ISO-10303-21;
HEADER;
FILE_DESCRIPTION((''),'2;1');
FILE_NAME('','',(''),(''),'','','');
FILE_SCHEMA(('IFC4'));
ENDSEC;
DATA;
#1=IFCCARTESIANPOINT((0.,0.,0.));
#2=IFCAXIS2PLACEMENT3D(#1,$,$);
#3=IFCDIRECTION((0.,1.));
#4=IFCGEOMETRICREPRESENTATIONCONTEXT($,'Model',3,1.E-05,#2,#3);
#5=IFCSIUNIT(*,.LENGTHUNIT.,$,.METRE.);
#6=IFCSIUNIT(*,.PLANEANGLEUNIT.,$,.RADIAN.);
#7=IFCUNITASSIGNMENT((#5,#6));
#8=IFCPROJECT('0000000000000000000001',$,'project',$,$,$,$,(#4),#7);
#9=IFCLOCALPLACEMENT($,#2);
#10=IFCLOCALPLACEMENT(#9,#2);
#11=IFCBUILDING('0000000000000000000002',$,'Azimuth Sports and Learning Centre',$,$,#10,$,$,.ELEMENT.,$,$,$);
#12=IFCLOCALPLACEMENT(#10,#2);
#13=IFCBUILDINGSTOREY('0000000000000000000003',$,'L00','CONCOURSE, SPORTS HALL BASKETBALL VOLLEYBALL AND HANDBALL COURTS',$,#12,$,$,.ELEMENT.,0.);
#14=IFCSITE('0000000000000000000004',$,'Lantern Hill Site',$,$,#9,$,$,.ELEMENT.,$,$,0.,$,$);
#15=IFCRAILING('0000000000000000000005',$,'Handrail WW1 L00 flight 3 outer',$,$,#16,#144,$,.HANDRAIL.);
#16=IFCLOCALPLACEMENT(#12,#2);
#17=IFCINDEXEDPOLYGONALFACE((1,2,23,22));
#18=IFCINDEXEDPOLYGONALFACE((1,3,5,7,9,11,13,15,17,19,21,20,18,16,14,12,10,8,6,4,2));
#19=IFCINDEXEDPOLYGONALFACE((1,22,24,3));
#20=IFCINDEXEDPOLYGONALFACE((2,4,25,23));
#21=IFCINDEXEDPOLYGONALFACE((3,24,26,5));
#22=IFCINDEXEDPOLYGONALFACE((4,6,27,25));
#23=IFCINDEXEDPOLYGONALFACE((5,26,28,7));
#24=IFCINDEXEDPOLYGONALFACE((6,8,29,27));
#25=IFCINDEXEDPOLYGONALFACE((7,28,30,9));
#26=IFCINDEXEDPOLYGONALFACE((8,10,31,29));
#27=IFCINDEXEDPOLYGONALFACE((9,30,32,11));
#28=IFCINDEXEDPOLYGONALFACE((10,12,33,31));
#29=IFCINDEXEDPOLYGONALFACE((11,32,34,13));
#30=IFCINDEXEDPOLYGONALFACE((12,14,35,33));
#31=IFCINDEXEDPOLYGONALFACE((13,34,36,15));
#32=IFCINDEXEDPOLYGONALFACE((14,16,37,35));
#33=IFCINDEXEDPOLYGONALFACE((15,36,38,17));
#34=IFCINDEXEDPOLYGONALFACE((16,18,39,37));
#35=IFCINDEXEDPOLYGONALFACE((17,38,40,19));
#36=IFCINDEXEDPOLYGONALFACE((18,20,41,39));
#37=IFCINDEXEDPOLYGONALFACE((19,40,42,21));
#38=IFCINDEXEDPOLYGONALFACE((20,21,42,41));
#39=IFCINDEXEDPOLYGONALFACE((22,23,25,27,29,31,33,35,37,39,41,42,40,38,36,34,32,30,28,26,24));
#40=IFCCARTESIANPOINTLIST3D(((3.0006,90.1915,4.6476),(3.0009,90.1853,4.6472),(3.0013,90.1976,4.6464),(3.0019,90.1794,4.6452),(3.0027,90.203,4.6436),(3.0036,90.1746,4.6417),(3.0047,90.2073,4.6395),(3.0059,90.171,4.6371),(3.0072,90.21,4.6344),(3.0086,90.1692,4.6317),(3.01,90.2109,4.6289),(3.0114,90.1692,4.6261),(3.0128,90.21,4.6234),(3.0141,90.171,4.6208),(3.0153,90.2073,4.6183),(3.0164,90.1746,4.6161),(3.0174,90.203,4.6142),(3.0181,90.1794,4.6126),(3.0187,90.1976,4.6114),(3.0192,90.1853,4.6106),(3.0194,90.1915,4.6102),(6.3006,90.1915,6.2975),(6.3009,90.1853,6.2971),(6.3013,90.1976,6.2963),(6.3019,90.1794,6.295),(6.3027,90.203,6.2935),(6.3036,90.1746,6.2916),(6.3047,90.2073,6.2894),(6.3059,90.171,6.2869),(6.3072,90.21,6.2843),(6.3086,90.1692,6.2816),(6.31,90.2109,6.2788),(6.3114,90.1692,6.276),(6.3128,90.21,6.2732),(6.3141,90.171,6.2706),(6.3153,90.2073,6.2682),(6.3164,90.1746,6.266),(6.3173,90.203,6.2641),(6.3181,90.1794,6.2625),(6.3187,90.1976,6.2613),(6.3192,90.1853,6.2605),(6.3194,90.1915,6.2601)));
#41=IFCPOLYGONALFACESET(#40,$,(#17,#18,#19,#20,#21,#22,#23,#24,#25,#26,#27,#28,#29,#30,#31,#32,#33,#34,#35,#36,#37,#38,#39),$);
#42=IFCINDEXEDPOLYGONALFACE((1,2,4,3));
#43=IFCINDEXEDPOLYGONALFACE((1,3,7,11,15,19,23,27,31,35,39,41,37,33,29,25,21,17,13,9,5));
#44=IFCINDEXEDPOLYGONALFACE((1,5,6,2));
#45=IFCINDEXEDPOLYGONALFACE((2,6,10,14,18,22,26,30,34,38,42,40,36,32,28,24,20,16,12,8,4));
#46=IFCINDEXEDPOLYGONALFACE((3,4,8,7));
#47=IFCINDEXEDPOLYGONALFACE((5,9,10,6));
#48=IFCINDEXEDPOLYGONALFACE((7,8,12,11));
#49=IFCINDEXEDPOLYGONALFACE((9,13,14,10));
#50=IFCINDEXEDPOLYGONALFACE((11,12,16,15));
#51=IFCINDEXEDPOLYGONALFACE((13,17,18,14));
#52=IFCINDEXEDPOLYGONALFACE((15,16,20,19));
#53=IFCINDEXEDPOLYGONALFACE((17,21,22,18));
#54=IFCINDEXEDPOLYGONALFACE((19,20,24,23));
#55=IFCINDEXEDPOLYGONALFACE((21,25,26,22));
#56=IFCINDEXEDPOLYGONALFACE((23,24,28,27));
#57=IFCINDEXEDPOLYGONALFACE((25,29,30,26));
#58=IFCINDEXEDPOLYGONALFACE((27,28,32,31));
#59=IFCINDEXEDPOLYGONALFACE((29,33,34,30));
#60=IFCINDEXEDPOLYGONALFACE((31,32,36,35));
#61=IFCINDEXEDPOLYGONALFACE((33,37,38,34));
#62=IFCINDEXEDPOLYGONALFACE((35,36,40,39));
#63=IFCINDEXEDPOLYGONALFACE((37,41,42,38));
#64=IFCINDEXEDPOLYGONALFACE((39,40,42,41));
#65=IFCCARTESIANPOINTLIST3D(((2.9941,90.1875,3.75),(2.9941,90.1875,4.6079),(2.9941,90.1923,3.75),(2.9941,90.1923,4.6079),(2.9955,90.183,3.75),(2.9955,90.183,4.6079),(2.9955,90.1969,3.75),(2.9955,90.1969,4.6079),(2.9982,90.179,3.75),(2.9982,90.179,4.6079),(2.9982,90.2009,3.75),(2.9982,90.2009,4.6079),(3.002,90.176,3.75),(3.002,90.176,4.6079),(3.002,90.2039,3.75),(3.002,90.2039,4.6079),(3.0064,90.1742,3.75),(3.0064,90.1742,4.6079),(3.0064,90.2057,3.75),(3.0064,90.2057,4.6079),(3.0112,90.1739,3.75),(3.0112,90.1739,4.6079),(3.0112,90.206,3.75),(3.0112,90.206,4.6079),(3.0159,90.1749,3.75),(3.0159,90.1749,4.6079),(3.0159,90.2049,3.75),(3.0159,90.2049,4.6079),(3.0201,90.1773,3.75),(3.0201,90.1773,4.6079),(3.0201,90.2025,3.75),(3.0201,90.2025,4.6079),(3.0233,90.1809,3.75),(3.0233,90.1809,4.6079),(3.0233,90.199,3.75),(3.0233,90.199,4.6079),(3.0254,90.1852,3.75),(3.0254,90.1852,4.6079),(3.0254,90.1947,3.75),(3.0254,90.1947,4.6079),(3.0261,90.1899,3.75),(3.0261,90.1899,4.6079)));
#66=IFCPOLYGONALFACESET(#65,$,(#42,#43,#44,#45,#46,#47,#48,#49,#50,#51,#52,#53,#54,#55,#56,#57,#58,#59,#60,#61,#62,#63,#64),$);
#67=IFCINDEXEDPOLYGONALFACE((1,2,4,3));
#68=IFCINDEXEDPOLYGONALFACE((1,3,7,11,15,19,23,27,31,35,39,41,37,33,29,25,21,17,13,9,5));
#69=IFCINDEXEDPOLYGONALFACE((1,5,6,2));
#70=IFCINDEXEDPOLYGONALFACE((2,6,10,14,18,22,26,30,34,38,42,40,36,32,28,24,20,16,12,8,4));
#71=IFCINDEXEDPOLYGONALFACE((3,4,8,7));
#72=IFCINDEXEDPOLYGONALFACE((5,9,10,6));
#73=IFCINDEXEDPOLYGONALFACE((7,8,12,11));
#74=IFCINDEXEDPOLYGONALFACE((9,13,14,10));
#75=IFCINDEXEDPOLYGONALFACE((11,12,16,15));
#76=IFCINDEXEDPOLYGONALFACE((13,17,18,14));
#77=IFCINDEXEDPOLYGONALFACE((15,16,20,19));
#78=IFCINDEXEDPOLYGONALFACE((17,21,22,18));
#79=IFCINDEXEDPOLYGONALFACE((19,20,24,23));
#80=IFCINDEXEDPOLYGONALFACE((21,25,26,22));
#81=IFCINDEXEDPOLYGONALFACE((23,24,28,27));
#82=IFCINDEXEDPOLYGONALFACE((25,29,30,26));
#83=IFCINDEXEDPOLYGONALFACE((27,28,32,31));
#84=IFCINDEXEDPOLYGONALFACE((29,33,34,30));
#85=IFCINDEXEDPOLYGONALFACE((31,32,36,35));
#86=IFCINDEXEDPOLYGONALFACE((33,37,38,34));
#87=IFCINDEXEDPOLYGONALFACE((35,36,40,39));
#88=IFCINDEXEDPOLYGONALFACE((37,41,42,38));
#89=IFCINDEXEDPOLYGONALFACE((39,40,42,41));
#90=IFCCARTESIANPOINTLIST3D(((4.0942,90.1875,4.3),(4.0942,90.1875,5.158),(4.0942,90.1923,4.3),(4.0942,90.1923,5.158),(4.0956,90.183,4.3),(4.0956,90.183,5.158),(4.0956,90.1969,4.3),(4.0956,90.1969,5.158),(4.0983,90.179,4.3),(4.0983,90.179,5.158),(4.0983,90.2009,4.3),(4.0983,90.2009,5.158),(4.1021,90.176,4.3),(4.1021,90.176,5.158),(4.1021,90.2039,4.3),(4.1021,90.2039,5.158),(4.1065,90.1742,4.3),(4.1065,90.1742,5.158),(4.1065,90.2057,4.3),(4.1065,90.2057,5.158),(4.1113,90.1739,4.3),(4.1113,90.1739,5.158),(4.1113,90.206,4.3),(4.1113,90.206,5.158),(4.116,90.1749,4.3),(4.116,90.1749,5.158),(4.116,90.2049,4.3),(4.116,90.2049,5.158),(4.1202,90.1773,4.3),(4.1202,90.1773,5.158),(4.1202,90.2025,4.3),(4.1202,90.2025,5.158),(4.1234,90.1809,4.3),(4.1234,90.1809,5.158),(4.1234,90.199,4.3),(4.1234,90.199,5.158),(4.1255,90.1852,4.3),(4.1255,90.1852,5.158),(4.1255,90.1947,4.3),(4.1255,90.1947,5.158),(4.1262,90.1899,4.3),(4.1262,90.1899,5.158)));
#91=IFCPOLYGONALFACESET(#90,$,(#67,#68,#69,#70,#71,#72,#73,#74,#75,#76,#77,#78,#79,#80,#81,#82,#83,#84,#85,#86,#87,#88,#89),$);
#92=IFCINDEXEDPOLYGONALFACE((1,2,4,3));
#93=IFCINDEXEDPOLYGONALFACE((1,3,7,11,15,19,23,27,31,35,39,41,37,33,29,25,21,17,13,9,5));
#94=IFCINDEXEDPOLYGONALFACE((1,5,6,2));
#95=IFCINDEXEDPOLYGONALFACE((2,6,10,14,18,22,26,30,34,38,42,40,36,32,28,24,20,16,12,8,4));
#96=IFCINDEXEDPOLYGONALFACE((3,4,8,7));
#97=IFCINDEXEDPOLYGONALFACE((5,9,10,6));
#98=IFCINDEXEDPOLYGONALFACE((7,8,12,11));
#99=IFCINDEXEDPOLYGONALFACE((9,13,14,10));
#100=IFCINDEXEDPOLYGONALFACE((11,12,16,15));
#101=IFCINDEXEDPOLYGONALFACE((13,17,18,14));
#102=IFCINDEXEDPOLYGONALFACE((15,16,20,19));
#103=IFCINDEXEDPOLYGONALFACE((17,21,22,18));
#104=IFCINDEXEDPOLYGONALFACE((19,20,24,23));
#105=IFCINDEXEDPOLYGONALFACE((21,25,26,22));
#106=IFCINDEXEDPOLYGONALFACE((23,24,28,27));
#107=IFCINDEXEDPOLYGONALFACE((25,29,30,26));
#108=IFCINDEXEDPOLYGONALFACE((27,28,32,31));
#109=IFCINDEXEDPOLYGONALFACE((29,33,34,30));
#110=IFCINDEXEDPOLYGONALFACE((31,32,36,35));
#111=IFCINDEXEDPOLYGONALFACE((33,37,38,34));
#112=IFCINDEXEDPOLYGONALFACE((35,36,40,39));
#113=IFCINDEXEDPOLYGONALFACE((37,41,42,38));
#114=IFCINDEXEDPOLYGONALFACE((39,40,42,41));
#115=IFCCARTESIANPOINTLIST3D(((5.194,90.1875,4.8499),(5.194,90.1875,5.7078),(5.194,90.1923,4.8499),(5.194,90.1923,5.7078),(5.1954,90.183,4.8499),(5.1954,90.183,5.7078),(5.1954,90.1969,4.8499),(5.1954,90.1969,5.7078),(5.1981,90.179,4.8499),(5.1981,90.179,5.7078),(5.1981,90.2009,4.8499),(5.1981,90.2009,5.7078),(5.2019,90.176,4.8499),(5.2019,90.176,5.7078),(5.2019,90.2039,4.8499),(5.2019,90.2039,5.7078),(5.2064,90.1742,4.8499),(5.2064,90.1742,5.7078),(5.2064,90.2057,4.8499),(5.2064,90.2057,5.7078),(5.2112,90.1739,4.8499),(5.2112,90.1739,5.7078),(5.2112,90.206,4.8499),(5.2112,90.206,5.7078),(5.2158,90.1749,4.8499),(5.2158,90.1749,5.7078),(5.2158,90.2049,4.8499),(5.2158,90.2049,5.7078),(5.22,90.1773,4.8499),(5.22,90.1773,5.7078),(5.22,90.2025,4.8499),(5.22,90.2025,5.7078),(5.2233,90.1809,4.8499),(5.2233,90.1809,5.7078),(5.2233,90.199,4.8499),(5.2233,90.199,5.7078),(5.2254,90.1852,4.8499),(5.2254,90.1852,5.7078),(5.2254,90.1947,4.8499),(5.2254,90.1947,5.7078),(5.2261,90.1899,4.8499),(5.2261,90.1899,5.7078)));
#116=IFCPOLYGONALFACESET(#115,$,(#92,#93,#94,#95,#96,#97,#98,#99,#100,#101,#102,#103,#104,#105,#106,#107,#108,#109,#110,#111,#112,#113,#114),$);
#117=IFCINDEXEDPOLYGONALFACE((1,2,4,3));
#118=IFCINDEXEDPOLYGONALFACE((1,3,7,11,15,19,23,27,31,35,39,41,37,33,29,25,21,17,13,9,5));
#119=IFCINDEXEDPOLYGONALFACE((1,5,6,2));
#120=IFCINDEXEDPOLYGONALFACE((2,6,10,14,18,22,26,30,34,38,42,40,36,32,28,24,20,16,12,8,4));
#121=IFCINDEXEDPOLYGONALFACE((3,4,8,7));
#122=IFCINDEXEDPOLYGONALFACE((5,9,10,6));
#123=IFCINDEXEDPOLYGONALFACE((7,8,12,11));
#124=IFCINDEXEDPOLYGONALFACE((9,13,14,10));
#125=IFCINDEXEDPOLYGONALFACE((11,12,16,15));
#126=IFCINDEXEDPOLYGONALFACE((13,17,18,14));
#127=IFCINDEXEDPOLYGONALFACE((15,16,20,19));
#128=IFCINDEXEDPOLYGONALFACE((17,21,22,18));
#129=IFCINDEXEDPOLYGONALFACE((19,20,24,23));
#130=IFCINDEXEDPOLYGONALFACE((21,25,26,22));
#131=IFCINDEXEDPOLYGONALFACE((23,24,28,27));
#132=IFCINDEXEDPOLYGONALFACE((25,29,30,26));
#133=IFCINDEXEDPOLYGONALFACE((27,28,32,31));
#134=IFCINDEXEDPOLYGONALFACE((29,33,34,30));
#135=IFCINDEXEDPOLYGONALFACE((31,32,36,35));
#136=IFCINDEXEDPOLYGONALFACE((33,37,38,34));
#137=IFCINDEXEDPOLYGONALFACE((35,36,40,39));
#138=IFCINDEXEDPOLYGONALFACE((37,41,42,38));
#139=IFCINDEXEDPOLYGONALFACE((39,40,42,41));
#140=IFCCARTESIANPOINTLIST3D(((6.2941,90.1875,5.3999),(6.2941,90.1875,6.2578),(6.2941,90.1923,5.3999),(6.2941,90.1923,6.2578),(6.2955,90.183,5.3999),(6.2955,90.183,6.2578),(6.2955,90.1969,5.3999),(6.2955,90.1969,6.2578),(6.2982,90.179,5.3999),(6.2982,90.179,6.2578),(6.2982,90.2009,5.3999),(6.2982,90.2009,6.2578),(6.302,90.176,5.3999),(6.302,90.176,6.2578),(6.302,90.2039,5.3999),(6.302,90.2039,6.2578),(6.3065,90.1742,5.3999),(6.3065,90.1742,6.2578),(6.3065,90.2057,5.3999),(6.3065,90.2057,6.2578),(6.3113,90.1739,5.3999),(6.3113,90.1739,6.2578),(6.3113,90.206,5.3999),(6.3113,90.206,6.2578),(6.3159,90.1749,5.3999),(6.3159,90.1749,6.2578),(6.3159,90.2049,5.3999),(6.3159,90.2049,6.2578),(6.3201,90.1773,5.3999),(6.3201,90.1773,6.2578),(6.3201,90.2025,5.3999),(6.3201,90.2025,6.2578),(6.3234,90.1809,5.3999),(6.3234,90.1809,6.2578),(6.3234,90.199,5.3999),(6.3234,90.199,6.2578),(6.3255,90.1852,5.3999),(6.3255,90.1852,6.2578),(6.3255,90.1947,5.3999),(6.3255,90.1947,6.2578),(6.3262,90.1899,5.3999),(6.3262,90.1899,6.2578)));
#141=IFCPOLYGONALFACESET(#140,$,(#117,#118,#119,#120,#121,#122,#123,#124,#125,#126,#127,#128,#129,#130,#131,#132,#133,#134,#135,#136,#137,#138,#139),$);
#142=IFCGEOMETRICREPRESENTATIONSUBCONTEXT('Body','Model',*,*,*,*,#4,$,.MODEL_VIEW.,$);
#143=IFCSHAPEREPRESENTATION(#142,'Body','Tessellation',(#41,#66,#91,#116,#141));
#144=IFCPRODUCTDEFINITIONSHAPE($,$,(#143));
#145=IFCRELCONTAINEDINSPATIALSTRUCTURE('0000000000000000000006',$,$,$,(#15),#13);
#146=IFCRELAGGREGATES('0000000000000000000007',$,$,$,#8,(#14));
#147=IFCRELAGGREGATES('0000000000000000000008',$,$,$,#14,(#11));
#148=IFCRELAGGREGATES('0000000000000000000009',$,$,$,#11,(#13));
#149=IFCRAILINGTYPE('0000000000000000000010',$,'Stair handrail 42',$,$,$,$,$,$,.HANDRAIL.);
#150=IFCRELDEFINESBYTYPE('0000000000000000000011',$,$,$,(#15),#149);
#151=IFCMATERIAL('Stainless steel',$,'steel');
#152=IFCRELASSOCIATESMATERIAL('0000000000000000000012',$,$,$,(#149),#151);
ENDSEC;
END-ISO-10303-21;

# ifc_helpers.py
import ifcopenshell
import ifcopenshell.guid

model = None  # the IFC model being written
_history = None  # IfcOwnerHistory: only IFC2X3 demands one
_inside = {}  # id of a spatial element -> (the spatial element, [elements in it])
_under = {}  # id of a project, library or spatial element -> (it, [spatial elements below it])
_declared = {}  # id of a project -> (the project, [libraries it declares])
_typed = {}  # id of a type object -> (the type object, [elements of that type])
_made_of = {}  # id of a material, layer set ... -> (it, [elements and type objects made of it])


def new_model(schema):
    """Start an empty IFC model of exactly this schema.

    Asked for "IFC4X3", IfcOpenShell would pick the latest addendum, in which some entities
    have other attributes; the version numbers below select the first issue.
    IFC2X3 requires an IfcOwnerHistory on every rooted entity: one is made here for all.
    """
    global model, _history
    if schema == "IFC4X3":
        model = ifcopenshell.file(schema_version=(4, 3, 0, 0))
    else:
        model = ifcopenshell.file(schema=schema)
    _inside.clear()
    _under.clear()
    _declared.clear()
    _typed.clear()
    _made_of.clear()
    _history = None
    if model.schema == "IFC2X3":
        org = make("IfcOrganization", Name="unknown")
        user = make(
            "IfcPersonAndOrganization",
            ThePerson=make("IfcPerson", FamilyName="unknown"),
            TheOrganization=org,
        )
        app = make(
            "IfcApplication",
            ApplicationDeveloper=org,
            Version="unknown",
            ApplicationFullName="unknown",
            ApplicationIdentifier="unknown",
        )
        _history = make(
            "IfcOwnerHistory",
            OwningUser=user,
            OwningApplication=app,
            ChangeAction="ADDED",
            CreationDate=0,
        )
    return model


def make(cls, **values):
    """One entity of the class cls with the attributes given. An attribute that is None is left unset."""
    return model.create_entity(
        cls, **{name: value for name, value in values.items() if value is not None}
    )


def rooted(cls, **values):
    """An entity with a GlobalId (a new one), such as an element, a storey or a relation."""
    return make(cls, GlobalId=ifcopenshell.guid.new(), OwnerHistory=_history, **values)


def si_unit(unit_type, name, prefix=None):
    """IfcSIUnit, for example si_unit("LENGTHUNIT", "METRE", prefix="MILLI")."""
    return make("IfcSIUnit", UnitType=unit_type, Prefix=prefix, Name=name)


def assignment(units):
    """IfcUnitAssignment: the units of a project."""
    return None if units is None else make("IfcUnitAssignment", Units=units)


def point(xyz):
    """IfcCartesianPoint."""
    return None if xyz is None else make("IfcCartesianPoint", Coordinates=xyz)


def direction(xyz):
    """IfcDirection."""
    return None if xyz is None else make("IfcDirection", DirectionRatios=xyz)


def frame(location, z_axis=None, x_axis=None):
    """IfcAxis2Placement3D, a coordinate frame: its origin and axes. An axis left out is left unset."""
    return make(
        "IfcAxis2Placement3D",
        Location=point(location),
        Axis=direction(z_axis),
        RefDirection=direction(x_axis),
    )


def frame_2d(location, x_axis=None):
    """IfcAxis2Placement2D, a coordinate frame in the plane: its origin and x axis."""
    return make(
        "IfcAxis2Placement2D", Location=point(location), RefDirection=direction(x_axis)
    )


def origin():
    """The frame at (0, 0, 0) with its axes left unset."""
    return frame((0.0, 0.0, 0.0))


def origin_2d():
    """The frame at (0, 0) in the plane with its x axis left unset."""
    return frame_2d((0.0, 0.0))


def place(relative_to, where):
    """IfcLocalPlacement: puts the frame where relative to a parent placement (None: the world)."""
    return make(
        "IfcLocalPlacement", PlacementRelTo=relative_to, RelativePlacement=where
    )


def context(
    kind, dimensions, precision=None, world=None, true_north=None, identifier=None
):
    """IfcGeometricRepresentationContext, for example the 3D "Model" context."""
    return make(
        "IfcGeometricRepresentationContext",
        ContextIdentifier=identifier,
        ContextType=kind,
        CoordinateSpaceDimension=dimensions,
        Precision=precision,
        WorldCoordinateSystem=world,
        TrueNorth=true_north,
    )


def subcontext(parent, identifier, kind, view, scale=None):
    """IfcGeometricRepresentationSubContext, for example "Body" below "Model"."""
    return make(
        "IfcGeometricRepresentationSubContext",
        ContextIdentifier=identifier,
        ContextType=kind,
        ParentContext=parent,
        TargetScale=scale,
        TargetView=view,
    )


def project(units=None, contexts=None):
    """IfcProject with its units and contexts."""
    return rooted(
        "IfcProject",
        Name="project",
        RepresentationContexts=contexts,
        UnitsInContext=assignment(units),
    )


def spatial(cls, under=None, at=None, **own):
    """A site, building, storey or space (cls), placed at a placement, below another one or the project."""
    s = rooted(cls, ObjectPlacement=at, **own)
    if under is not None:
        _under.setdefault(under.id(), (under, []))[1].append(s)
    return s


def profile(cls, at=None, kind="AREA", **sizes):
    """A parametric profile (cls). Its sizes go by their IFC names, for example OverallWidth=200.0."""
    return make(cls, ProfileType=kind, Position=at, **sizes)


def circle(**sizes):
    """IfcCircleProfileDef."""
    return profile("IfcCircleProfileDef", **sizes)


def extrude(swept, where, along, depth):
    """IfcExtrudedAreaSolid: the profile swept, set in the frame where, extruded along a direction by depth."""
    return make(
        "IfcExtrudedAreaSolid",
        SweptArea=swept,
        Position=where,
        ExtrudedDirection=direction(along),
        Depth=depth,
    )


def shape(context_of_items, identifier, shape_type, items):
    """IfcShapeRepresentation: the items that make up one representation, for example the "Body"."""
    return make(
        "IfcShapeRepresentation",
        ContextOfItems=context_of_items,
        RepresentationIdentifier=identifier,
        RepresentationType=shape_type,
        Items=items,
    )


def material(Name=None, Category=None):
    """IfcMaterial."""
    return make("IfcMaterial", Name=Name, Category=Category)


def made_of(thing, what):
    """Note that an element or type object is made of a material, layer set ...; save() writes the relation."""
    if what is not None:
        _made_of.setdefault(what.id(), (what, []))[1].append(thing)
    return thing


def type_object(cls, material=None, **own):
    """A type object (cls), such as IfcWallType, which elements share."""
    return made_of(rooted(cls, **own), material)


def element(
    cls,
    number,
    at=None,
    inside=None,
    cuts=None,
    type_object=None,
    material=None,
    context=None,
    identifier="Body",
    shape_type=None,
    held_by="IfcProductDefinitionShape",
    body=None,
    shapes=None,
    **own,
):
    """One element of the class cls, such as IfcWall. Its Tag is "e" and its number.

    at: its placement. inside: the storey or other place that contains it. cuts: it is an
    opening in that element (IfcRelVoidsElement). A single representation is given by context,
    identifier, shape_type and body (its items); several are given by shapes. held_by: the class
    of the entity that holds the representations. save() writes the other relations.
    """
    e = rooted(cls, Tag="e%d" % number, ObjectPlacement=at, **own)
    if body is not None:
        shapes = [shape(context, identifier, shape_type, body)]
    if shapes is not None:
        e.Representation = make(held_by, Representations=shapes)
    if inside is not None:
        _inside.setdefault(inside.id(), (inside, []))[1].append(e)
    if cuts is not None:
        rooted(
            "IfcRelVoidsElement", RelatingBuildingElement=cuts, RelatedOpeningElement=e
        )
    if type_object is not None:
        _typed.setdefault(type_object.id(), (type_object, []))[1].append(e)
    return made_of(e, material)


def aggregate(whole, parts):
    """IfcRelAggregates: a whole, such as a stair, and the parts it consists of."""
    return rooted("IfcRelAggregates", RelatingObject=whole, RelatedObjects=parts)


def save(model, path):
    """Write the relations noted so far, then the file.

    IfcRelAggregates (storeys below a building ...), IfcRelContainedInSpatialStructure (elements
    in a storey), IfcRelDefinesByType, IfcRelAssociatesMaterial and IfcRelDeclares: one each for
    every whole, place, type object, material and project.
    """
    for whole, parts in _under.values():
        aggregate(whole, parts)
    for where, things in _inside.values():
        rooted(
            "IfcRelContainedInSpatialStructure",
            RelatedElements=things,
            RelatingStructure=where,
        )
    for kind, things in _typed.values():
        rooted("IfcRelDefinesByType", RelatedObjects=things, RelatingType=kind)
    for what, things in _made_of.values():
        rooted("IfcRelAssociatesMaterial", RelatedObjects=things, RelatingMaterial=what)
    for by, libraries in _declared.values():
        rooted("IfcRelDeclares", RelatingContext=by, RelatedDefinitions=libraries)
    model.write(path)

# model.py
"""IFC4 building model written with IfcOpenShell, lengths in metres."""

from ifc_helpers import new_model, si_unit, direction, frame, origin, origin_2d, place, context, subcontext, project, spatial, circle, extrude, material, type_object, element, save


model = new_model("IFC4")

# Units and contexts
model_context = context("Model", 3, precision=1e-05, world=origin(), true_north=direction((0.0, 1.0)))
body_context = subcontext(model_context, "Body", "Model", "MODEL_VIEW")
ifc_project = project(units=[si_unit("LENGTHUNIT", "METRE"), si_unit("PLANEANGLEUNIT", "RADIAN")], contexts=[model_context])

# Site, building, storey
site_placement = place(None, origin())
site = spatial("IfcSite", under=ifc_project, at=site_placement, Name="Lantern Hill Site", CompositionType="ELEMENT", RefElevation=0.0)
building_placement = place(site_placement, origin())
building = spatial("IfcBuilding", under=site, at=building_placement, Name="Azimuth Sports and Learning Centre", CompositionType="ELEMENT")
storey_placement = place(building_placement, origin())
storey = spatial("IfcBuildingStorey", under=building, at=storey_placement, Name="L00", Description="CONCOURSE, SPORTS HALL BASKETBALL VOLLEYBALL AND HANDBALL COURTS", CompositionType="ELEMENT", Elevation=0.0)

# Railing
ifc_material_1 = material(Name="Stainless steel", Category="steel")
railing_type_1 = type_object("IfcRailingType", Name="Stair handrail 42", PredefinedType="HANDRAIL", material=ifc_material_1)
for number, where, name in (
    (1, (3.01, 90.1899, 3.75), "Handrail WW1 L00 flight 3 outer"),
):
    element("IfcRailing", number, at=place(storey_placement, frame(where)), inside=storey, type_object=railing_type_1, Name=name, PredefinedType="HANDRAIL", context=body_context, shape_type="SweptSolid", body=[
        extrude(circle(Radius=0.021, at=origin_2d()), frame((0.0, 0.0, 0.8789), z_axis=(0.89444, 0.0, 0.447187), x_axis=(0.0, 1.0, 0.0)), (0.0, 0.0, 1.0), 3.6895),
        extrude(circle(Radius=0.0161, at=origin_2d()), origin(), (0.0, 0.0, 1.0), 0.8579),
        extrude(circle(Radius=0.0161, at=origin_2d()), frame((1.1001, 0.0, 0.55)), (0.0, 0.0, 1.0), 0.8579),
        extrude(circle(Radius=0.0161, at=origin_2d()), frame((2.2, 0.0, 1.0999)), (0.0, 0.0, 1.0), 0.8579),
        extrude(circle(Radius=0.0161, at=origin_2d()), frame((3.3, 0.0, 1.6499)), (0.0, 0.0, 1.0), 0.8579),
    ])

save(model, "model.ifc")
